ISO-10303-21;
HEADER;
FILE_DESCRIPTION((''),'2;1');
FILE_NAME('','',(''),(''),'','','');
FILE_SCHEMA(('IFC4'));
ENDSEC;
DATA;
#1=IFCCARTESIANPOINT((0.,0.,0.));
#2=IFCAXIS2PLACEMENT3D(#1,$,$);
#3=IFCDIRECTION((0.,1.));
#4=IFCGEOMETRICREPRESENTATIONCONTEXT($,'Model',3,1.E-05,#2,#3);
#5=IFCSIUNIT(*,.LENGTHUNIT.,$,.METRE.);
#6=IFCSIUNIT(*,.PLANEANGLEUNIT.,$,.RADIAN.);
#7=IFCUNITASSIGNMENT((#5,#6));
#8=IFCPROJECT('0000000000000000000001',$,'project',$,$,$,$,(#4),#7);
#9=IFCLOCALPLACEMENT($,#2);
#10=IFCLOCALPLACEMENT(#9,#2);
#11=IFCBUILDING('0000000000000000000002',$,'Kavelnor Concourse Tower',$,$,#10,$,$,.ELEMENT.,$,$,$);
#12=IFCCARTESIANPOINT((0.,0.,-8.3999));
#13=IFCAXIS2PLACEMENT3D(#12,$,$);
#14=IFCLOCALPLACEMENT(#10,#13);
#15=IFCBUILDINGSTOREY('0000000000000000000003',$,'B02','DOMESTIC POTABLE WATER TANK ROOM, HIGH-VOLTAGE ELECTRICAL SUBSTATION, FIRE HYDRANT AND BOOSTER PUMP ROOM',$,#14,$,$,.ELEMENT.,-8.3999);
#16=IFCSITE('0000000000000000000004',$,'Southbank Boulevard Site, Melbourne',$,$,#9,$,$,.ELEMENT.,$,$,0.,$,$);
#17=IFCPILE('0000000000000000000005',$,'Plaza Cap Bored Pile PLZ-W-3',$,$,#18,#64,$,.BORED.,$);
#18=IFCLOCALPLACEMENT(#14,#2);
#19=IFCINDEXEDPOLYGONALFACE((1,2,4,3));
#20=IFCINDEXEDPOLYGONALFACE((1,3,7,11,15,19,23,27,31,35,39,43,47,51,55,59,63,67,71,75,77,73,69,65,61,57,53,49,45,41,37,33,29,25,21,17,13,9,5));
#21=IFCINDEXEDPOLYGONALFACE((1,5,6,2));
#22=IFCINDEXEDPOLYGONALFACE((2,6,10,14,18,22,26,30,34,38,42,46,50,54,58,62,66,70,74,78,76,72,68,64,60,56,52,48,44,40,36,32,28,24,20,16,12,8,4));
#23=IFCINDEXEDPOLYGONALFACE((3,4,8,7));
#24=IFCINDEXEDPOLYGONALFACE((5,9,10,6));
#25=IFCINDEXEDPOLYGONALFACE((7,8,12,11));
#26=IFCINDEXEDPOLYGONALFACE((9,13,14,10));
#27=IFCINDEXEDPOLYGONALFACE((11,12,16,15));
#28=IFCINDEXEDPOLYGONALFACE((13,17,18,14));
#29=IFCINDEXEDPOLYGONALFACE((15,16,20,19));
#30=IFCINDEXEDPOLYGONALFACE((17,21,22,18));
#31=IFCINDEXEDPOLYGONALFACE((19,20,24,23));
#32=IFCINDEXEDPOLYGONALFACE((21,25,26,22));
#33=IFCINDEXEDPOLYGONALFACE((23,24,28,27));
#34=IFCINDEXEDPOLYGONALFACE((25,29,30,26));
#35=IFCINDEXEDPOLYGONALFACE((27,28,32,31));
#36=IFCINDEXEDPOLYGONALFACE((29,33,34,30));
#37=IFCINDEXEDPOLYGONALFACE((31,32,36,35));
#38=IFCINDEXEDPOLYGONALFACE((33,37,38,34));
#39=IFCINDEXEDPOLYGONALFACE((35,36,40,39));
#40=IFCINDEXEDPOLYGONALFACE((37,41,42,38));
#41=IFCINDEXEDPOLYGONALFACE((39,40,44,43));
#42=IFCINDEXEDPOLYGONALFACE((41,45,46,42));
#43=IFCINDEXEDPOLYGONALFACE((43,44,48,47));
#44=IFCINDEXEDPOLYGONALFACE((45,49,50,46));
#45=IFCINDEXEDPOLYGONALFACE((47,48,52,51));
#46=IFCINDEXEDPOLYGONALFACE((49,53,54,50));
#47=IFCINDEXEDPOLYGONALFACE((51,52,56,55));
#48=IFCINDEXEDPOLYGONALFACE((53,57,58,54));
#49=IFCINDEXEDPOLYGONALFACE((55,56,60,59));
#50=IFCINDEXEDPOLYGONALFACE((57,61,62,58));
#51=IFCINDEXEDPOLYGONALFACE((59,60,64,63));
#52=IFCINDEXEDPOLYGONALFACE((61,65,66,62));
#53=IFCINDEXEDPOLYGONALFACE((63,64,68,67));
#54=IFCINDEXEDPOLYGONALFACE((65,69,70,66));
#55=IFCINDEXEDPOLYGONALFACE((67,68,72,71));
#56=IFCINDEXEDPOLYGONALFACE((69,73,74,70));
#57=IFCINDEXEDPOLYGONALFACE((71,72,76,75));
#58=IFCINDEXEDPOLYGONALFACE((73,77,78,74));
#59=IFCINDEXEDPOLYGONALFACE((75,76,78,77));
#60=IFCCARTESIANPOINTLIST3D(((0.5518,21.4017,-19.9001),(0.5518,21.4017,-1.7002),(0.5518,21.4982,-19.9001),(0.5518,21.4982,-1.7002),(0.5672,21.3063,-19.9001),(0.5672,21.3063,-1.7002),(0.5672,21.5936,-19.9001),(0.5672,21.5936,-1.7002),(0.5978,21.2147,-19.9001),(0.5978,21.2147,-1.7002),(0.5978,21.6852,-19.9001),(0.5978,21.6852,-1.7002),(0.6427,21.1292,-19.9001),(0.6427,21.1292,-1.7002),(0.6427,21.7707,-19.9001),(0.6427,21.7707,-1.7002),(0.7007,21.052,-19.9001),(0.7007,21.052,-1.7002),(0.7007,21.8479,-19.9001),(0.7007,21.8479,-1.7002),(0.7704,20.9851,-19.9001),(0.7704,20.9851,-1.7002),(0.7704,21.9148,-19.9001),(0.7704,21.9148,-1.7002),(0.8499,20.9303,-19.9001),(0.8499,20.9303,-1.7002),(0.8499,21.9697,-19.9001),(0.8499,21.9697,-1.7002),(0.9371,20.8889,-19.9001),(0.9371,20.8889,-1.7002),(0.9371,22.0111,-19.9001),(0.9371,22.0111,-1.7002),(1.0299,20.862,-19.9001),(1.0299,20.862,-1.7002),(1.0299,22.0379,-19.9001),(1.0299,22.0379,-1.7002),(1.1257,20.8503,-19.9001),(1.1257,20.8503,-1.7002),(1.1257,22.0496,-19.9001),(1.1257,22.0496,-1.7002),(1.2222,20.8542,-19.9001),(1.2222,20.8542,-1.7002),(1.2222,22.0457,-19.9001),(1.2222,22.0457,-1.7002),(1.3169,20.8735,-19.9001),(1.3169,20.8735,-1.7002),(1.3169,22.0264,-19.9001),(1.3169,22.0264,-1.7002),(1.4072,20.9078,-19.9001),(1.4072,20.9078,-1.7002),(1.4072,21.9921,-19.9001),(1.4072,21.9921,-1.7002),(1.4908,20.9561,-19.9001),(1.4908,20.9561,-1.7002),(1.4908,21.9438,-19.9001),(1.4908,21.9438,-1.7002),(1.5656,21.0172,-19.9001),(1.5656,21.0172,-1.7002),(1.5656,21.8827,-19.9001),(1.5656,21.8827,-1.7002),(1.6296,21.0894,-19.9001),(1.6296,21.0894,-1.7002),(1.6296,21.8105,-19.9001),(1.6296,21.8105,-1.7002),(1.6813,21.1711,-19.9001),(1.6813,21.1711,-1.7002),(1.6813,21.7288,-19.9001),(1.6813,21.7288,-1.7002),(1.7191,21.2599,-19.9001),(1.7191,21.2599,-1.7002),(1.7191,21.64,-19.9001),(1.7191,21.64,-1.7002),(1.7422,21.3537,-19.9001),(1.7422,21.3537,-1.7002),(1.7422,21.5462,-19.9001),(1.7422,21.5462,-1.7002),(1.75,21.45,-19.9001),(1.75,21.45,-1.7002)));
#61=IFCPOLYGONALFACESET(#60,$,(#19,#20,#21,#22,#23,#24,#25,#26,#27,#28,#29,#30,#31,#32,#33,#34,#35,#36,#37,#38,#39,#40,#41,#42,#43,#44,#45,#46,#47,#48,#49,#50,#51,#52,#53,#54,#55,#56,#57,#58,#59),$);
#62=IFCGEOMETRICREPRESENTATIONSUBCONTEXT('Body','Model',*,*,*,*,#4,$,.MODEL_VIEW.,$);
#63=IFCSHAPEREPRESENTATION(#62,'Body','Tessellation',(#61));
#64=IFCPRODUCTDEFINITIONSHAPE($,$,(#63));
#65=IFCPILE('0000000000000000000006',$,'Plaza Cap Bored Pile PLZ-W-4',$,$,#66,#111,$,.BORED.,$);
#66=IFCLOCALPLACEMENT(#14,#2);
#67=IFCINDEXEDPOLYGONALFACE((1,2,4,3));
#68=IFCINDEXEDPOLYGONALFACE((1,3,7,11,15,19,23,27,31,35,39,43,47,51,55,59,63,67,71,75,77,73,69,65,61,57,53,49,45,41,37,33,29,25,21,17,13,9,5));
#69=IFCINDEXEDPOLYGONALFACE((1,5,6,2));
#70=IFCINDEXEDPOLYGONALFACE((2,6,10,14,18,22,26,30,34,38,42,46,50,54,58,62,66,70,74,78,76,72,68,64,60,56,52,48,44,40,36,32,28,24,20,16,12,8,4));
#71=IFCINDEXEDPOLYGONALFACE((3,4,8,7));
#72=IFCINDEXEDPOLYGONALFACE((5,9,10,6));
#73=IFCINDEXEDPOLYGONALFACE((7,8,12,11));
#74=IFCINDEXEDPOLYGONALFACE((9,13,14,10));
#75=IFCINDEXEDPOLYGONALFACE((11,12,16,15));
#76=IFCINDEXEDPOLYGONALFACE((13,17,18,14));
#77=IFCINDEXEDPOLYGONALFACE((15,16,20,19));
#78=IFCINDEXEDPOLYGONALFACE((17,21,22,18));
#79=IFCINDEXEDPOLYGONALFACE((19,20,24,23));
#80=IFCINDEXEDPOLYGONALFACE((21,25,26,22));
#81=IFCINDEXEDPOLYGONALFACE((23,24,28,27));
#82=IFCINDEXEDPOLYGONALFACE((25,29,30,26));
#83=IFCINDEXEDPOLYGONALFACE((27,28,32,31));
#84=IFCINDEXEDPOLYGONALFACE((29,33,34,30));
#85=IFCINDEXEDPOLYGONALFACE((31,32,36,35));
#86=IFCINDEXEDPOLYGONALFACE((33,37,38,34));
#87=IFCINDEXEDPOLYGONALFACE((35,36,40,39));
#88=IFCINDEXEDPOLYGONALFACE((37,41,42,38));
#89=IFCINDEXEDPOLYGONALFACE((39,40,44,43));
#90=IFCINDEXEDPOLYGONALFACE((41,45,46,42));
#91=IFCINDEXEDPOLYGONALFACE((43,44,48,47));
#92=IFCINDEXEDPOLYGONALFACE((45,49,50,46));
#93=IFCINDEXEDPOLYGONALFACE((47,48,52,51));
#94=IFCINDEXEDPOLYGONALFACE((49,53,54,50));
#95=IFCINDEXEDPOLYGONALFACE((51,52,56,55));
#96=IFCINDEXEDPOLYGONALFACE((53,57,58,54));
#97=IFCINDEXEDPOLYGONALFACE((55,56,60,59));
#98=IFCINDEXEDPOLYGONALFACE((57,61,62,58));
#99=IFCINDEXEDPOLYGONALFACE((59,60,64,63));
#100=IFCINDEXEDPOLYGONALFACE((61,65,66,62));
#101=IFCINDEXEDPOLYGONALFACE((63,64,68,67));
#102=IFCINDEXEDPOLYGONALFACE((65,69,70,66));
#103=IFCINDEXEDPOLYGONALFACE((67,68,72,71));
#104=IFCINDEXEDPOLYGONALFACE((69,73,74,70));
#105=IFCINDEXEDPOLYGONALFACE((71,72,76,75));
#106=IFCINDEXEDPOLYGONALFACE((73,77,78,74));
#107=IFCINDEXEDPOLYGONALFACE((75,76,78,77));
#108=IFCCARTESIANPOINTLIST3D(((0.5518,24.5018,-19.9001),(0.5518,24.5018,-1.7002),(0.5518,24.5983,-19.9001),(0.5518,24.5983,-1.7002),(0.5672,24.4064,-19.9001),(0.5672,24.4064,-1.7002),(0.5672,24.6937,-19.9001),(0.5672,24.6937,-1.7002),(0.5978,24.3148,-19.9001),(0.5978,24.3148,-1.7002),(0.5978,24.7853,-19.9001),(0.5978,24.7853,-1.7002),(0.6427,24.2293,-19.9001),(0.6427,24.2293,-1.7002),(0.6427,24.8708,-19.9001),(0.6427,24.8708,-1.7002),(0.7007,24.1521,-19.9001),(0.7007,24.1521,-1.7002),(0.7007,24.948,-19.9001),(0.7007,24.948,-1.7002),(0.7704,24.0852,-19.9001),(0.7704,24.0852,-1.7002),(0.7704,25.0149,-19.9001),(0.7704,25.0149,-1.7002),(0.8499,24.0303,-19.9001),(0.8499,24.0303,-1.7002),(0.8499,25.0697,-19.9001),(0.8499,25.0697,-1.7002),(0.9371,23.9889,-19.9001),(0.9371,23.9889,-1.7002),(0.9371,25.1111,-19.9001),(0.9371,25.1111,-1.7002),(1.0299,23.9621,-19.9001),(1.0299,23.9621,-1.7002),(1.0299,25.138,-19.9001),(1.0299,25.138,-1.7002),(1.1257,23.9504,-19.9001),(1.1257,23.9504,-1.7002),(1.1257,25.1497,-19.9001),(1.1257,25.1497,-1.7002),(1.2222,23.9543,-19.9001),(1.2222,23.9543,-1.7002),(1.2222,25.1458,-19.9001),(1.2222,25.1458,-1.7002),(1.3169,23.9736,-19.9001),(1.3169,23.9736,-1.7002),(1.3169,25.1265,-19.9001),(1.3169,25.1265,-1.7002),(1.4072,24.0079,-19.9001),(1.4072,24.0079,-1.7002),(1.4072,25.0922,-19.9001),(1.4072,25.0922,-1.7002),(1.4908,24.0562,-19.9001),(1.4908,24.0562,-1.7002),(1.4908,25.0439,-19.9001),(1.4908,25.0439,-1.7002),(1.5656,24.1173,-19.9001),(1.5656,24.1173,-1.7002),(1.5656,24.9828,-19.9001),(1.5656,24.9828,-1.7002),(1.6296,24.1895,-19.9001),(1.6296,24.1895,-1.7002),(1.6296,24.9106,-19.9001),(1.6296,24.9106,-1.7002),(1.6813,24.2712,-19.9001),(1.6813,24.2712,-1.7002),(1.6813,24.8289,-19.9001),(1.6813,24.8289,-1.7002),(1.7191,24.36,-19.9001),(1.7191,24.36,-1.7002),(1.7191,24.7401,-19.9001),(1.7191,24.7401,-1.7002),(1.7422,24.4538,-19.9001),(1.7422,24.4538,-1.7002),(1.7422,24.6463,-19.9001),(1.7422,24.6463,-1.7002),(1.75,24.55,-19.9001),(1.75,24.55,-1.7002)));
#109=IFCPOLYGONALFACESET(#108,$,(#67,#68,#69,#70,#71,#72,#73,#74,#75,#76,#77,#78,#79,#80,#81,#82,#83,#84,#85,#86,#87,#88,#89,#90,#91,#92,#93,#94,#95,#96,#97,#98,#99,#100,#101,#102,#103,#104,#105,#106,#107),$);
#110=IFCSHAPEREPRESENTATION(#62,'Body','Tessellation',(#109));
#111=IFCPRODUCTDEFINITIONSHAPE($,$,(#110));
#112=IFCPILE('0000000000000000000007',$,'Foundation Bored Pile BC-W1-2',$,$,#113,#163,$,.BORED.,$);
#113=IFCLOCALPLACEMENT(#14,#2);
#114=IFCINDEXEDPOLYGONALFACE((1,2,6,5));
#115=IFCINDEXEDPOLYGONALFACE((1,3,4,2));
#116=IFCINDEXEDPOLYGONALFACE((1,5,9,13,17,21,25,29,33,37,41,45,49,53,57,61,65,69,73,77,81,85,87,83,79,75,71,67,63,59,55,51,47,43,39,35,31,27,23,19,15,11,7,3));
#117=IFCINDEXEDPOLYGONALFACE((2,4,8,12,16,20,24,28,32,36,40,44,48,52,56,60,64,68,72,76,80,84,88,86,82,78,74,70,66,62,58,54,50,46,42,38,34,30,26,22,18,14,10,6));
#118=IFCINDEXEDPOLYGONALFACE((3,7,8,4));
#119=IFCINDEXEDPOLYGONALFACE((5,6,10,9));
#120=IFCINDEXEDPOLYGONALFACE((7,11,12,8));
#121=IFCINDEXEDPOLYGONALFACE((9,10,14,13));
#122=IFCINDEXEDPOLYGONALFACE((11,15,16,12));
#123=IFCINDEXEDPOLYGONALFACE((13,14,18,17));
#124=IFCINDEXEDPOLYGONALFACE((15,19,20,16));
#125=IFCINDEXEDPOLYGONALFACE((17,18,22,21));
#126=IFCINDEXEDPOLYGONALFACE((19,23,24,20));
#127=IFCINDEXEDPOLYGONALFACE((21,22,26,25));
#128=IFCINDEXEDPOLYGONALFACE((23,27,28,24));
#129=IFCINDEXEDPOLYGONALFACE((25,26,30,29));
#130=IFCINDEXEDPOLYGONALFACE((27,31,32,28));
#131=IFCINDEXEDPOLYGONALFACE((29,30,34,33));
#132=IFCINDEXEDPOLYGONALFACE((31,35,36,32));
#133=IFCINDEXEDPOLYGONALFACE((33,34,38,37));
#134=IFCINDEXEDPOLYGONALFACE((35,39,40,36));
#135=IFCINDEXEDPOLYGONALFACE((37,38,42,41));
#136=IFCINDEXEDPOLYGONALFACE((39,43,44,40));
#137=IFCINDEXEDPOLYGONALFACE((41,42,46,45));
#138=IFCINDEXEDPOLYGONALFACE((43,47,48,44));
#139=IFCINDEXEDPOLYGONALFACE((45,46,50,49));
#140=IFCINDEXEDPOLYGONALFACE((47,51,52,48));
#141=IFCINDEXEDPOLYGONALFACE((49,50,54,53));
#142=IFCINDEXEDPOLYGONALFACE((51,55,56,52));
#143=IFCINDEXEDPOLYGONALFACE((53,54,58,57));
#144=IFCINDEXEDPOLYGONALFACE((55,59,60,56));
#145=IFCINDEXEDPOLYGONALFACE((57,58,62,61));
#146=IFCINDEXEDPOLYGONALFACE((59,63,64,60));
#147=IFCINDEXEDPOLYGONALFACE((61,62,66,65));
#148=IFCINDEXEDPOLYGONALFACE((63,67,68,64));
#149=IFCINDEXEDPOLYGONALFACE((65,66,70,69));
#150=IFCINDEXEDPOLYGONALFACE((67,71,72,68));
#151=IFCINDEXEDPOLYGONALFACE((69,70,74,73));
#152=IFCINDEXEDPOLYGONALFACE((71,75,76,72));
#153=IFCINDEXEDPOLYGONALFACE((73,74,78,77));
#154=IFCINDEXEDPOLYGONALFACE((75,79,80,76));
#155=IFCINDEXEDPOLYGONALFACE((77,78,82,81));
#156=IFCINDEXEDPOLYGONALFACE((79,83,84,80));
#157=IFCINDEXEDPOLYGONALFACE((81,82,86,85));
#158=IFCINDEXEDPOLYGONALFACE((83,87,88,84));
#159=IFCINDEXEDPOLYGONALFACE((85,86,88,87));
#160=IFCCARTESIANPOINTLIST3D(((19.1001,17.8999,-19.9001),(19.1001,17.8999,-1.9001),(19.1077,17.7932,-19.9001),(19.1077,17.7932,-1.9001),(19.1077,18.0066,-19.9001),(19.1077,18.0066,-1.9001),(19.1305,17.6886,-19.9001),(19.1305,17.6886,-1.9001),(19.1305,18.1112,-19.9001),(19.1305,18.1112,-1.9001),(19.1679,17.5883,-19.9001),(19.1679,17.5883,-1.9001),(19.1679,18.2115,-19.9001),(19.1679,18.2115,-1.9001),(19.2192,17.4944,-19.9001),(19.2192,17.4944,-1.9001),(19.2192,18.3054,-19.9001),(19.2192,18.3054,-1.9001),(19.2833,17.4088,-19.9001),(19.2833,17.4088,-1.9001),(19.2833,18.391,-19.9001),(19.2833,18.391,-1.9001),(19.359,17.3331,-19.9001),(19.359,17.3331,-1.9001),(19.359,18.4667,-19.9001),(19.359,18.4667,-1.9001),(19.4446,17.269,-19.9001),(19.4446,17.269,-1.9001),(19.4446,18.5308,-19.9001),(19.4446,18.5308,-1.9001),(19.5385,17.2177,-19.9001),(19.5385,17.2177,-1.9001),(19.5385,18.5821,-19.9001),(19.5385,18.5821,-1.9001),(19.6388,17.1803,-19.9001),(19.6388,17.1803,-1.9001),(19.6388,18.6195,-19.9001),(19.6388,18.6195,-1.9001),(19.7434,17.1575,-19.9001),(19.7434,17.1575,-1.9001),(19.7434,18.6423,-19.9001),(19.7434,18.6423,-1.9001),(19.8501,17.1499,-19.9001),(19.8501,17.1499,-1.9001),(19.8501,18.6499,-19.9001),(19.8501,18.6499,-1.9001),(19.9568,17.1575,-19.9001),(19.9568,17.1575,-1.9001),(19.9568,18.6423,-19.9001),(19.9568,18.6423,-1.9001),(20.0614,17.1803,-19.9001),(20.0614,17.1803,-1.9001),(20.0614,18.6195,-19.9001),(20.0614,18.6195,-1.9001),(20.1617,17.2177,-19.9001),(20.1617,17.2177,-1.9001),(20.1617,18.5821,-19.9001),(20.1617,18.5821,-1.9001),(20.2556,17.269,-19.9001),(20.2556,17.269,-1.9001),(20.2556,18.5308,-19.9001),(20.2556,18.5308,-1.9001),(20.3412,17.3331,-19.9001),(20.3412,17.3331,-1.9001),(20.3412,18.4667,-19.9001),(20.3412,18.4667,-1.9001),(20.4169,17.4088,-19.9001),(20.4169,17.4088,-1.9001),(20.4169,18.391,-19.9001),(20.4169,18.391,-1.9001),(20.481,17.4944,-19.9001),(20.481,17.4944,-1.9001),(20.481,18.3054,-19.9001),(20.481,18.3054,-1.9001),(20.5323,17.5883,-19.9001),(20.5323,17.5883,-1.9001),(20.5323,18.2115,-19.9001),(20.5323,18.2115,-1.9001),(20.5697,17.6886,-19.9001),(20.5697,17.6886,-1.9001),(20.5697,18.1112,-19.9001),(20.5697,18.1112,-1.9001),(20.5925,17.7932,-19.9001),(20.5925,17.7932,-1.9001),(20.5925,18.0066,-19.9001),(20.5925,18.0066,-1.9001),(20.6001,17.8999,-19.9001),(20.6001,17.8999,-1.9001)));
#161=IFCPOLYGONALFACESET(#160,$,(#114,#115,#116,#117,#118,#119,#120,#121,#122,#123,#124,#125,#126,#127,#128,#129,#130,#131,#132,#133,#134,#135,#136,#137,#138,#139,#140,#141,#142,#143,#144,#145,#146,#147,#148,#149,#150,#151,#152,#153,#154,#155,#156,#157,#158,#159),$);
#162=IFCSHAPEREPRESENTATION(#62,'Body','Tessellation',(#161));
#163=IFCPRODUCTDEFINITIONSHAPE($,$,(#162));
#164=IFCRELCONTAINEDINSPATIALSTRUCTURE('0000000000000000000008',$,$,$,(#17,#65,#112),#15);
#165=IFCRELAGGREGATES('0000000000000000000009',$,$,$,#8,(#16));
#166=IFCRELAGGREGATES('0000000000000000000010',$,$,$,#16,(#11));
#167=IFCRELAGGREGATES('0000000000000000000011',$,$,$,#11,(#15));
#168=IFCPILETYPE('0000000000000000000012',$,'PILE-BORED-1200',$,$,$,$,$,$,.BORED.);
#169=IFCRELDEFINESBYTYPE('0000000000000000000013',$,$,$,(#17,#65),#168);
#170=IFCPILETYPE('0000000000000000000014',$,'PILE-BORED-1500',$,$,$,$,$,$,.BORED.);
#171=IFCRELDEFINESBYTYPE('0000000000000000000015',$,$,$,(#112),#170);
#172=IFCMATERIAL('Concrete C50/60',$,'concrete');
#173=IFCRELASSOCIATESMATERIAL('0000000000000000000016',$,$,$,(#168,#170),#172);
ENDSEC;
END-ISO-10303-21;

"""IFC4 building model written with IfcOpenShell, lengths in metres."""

from ifc_helpers import new_model, si_unit, direction, frame, origin, origin_2d, place, context, subcontext, project, spatial, circle, extrude, material, material_profile, profile_set, type_object, element, save


model = new_model("IFC4")

# Units and contexts
model_context = context("Model", 3, precision=1e-05, world=origin(), true_north=direction((0.0, 1.0)))
body_context = subcontext(model_context, "Body", "Model", "MODEL_VIEW")
ifc_project = project(units=[si_unit("LENGTHUNIT", "METRE"), si_unit("PLANEANGLEUNIT", "RADIAN")], contexts=[model_context])

# Site, building, storey
site_placement = place(None, origin())
site = spatial("IfcSite", under=ifc_project, at=site_placement, Name="Southbank Boulevard Site, Melbourne", CompositionType="ELEMENT", RefElevation=0.0)
building_placement = place(site_placement, origin())
building = spatial("IfcBuilding", under=site, at=building_placement, Name="Kavelnor Concourse Tower", CompositionType="ELEMENT")
storey_placement = place(building_placement, frame((0.0, 0.0, -8.3999)))
storey = spatial("IfcBuildingStorey", under=building, at=storey_placement, Name="B02", Description="DOMESTIC POTABLE WATER TANK ROOM, HIGH-VOLTAGE ELECTRICAL SUBSTATION, FIRE HYDRANT AND BOOSTER PUMP ROOM", CompositionType="ELEMENT", Elevation=-8.3999)

# Shared definitions
ifc_material_1 = material(Name="Concrete C50/60", Category="concrete")

# Piles
ifc_material_profile_1 = material_profile(ifc_material_1, circle(Radius=0.6001, at=origin_2d()), Name="PILE-D1200")
ifc_profile_set_1 = profile_set([ifc_material_profile_1], Name="Concrete C50/60")
pile_type_1 = type_object("IfcPileType", Name="PILE-BORED-1200", PredefinedType="BORED", material=ifc_profile_set_1)
for number, where, z_axis, x_axis, name in (
    (1, (1.1499, 21.45, -1.7002), (0.0, 0.0, -1.0), (1.0, 0.0, 0.0), "Plaza Cap Bored Pile PLZ-W-3"),
    (2, (1.1499, 24.55, -1.7002), (0.0, 0.0, -1.0), (1.0, 0.0, 0.0), "Plaza Cap Bored Pile PLZ-W-4"),
):
    element("IfcPile", number, at=place(storey_placement, frame(where, z_axis=z_axis, x_axis=x_axis)), inside=storey, type_object=pile_type_1, Name=name, PredefinedType="BORED", context=body_context, shape_type="SweptSolid", body=[
        extrude(circle(Radius=0.6001, at=origin_2d()), origin(), (0.0, 0.0, 1.0), 18.2),
    ])
ifc_material_profile_2 = material_profile(ifc_material_1, circle(Radius=0.75, at=origin_2d()), Name="PILE-D1500")
ifc_profile_set_2 = profile_set([ifc_material_profile_2], Name="Concrete C50/60")
pile_type_2 = type_object("IfcPileType", Name="PILE-BORED-1500", PredefinedType="BORED", material=ifc_profile_set_2)
for number, where, z_axis, x_axis, name in (
    (3, (19.8501, 17.8999, -1.9001), (0.0, 0.0, -1.0), (1.0, 0.0, 0.0), "Foundation Bored Pile BC-W1-2"),
):
    element("IfcPile", number, at=place(storey_placement, frame(where, z_axis=z_axis, x_axis=x_axis)), inside=storey, type_object=pile_type_2, Name=name, PredefinedType="BORED", context=body_context, shape_type="SweptSolid", body=[
        extrude(circle(Radius=0.75, at=origin_2d()), origin(), (0.0, 0.0, 1.0), 18.0),
    ])

save(model, "model.ifc")
